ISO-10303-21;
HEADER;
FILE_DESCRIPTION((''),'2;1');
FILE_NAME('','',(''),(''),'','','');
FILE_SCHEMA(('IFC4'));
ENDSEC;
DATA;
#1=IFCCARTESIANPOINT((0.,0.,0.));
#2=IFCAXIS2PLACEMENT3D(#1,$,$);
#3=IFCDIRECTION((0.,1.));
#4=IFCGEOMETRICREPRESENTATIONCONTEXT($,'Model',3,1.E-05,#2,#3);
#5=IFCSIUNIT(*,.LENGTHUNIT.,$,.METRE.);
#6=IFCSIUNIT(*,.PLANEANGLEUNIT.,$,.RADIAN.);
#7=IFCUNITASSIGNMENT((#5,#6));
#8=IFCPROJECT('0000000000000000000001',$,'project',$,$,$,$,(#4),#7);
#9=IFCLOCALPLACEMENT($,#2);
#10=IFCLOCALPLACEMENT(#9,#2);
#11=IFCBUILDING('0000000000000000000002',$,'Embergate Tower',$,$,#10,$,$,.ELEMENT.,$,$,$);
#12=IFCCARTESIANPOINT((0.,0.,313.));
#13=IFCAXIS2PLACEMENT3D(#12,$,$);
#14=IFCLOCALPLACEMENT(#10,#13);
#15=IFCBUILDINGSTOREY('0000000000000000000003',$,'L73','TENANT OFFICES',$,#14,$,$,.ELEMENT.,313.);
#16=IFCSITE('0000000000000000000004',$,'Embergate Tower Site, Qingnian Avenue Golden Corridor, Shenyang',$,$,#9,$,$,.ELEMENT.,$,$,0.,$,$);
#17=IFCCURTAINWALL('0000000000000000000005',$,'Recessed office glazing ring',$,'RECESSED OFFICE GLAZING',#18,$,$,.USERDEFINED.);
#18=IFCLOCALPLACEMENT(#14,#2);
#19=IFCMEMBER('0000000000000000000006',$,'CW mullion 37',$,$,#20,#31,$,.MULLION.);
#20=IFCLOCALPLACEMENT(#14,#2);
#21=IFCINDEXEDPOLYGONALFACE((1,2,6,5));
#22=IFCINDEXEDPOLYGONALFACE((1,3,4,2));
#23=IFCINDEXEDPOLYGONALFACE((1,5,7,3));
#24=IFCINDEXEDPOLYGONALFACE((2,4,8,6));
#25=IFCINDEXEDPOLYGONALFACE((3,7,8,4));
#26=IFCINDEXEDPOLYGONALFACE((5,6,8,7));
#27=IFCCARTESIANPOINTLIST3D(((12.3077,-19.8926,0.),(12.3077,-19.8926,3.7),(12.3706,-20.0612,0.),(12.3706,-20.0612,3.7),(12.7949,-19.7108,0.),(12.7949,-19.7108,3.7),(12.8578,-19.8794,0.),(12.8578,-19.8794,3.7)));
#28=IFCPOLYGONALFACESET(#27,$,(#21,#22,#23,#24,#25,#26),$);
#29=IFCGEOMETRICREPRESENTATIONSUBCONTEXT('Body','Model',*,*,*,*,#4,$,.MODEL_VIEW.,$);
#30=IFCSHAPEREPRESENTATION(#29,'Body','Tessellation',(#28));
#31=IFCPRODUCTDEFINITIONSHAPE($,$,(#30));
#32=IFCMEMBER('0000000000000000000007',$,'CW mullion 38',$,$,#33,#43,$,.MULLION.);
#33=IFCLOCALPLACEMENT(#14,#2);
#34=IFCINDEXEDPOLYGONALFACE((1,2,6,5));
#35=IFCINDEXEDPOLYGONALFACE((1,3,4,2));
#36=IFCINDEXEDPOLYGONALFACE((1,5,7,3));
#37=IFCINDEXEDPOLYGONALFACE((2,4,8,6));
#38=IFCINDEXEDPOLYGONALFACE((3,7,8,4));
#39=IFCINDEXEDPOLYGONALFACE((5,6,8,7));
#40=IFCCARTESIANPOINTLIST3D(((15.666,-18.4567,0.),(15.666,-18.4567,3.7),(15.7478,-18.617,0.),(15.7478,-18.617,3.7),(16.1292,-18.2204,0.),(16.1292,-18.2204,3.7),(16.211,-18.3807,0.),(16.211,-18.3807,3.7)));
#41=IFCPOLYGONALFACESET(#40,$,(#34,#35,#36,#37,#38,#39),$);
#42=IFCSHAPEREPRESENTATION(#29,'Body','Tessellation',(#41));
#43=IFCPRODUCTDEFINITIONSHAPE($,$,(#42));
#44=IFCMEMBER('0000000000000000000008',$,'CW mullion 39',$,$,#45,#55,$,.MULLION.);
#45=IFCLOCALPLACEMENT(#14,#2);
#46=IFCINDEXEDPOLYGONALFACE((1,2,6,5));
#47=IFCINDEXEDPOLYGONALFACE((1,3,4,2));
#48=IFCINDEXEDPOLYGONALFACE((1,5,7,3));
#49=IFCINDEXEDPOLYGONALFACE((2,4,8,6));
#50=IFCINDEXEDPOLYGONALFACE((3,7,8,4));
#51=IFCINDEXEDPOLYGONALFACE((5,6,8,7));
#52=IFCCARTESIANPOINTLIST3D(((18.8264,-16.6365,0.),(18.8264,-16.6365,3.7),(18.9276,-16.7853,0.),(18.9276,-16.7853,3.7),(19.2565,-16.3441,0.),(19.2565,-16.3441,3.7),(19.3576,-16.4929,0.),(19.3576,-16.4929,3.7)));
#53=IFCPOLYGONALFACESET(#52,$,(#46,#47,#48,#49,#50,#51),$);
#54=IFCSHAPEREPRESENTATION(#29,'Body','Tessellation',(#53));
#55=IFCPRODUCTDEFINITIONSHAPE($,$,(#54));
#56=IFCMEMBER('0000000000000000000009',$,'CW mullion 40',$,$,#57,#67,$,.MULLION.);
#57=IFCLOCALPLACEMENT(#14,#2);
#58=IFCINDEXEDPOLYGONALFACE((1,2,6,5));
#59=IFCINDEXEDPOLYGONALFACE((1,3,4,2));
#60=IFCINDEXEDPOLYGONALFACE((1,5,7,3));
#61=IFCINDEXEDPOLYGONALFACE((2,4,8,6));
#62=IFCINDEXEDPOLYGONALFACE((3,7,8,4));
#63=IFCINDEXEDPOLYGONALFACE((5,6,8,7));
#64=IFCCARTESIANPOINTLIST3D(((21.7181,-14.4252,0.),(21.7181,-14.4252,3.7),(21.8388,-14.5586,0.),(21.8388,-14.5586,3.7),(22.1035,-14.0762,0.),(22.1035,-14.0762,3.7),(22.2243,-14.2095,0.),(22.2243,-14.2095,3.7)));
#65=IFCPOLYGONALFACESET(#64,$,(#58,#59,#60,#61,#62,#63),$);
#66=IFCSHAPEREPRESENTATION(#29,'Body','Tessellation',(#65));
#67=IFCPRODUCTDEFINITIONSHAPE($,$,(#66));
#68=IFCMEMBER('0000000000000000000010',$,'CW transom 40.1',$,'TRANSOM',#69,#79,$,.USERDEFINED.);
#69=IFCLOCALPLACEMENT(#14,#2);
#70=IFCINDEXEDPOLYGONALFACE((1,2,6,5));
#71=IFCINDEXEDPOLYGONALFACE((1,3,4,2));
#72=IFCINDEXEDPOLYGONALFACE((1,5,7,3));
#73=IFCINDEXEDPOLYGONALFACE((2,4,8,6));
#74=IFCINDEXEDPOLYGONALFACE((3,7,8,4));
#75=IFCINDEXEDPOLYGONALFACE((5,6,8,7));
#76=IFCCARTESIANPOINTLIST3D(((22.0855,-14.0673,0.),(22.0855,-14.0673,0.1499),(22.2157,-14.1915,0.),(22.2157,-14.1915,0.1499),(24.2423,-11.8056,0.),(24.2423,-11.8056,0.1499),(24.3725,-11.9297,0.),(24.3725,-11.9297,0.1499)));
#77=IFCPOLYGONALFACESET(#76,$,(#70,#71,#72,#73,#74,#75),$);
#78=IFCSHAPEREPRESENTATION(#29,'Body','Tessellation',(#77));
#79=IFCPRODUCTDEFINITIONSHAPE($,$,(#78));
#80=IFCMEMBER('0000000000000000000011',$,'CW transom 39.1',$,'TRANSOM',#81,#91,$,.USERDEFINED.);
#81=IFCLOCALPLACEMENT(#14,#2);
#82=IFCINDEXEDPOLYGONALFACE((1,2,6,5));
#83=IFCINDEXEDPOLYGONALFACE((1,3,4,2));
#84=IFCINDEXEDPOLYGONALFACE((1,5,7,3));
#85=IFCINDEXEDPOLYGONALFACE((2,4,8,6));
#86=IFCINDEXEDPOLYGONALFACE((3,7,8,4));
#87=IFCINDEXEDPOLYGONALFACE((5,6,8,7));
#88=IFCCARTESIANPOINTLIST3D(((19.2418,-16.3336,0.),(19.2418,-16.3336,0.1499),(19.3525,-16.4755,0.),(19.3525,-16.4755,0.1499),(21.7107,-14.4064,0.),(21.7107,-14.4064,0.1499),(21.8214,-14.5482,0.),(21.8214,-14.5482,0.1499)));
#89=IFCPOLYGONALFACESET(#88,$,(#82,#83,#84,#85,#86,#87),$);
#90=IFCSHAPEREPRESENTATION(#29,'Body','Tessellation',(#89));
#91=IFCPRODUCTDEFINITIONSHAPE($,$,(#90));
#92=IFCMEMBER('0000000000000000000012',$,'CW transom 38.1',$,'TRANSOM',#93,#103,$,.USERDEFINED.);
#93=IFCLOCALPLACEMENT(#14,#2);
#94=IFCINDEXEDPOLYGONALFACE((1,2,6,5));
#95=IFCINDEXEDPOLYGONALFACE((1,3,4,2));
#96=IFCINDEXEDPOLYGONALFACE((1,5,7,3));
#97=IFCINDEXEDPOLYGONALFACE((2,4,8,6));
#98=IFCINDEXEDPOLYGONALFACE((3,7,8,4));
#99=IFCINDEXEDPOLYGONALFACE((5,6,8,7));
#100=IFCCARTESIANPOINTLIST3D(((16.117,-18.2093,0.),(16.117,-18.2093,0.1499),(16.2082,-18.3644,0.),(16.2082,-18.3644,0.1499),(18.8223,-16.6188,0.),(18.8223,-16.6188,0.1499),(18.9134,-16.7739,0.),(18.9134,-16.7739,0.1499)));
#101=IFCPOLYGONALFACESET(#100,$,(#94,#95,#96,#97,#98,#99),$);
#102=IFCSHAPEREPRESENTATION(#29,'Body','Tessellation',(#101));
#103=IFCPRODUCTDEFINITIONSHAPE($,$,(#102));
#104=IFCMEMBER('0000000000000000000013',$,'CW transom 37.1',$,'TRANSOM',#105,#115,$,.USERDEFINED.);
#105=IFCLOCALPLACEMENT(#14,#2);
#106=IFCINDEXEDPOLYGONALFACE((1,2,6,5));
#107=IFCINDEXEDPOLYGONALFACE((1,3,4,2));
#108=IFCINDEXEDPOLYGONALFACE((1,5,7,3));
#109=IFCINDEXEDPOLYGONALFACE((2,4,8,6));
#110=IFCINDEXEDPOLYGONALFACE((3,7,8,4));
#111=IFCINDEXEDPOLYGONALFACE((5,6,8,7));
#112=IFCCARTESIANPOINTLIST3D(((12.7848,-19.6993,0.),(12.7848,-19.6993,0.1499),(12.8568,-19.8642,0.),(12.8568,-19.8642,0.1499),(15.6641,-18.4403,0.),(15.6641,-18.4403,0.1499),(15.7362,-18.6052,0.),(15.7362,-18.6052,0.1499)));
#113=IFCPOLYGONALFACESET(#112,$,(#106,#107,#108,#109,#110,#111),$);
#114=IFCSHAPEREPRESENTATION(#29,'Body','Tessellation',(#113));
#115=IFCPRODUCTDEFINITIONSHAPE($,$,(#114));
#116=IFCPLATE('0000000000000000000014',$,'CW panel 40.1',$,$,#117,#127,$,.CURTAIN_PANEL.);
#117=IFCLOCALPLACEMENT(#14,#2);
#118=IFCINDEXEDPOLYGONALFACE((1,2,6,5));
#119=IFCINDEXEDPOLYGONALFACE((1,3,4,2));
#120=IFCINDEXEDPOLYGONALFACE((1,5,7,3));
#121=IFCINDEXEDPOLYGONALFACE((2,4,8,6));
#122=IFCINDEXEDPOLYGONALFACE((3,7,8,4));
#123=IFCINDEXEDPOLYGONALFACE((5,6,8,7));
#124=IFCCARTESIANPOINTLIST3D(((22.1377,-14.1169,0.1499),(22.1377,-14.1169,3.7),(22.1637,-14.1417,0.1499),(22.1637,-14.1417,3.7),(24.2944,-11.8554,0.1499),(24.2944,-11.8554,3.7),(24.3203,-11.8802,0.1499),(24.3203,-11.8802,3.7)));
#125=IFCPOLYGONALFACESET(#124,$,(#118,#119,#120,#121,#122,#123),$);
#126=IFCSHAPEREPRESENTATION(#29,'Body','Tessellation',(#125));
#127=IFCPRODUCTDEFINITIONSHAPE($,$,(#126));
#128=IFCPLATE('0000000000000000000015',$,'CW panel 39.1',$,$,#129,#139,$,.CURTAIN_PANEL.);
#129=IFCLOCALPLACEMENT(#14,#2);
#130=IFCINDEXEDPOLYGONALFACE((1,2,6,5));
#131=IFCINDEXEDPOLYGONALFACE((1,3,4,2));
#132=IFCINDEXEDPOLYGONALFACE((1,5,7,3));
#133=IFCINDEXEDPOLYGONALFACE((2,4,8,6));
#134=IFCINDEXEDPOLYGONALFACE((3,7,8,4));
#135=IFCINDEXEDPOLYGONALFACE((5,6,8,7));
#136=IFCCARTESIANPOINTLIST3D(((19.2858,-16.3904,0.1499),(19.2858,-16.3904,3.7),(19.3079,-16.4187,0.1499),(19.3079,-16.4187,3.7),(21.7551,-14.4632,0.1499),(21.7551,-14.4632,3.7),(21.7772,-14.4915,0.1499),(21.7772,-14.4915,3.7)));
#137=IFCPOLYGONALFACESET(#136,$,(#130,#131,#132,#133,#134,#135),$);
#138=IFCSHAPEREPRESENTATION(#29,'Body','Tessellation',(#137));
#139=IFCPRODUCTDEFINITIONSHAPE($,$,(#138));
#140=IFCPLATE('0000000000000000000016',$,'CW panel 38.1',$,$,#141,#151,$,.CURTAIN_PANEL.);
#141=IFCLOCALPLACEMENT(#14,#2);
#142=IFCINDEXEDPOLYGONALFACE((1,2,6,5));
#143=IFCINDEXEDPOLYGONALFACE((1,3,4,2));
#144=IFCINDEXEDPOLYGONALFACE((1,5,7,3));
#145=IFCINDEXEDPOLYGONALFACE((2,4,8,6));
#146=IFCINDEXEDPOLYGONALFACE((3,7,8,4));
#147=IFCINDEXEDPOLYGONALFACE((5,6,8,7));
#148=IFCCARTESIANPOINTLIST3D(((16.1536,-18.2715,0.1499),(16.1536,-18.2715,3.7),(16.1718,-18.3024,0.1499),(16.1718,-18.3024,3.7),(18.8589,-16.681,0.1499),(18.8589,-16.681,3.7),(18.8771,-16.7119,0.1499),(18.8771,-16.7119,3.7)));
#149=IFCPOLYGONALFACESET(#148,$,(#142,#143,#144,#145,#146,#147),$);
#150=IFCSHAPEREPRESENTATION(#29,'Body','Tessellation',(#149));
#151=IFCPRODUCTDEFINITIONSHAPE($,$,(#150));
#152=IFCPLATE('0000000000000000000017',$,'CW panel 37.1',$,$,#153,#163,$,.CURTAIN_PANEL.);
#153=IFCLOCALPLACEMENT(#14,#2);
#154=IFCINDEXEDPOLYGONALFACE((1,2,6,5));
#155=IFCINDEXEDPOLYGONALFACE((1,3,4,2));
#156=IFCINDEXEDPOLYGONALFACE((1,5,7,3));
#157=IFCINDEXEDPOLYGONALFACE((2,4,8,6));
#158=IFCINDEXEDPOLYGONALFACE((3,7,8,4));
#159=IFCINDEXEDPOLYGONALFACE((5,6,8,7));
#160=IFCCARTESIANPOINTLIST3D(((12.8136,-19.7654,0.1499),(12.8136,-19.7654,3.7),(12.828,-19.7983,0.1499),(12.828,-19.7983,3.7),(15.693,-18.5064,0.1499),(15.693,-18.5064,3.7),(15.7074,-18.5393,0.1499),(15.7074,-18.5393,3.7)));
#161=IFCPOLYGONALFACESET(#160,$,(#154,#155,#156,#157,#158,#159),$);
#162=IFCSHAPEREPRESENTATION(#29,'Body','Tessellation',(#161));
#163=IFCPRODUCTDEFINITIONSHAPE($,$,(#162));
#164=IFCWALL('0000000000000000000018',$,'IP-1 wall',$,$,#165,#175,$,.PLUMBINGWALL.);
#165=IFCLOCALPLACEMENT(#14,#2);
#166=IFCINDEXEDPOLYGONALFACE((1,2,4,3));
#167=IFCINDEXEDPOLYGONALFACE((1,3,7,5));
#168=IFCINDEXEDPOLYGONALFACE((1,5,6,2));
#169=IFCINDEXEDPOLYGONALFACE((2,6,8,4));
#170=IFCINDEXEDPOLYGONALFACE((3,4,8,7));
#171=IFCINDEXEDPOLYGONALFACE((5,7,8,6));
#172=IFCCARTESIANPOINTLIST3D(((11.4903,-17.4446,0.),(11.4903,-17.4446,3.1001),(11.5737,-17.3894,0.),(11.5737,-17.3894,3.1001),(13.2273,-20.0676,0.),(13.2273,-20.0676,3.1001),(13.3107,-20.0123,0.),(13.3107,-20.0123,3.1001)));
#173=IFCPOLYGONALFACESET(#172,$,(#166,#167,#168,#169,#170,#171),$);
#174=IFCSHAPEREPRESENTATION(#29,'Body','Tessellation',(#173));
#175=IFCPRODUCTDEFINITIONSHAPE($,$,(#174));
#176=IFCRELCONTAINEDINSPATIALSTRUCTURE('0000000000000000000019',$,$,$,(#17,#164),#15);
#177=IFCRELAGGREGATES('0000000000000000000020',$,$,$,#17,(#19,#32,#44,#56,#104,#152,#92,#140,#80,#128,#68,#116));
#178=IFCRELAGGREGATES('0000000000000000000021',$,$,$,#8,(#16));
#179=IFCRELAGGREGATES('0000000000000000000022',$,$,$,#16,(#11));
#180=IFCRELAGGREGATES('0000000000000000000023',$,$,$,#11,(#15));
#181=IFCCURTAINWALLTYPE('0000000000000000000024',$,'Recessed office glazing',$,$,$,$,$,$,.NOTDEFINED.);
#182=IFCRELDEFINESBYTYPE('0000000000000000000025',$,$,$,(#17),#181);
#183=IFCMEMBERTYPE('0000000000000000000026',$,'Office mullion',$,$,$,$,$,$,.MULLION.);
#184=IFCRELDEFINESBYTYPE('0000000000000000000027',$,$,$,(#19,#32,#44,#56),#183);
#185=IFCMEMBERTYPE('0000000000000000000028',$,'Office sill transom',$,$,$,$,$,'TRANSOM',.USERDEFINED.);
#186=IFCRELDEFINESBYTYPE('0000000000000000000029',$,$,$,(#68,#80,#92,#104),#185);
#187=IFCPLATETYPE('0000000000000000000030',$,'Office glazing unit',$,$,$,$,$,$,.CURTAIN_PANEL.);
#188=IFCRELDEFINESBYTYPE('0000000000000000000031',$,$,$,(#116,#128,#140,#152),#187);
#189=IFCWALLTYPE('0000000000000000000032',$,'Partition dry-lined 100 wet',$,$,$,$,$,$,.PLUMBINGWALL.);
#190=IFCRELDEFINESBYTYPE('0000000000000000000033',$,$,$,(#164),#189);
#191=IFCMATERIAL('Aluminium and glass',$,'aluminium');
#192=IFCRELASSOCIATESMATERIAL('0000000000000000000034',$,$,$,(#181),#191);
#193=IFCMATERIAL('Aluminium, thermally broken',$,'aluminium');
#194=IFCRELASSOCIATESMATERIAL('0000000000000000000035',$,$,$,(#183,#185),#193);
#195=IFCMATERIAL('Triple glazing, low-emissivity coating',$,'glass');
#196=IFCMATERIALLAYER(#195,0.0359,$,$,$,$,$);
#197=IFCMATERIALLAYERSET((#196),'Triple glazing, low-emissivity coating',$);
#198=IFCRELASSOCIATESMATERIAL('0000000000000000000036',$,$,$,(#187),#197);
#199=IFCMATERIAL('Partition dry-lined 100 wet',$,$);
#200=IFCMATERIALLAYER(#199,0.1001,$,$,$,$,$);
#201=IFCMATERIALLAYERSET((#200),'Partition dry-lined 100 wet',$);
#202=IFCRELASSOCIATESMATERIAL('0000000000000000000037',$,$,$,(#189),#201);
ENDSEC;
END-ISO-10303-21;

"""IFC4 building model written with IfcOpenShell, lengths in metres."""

from ifc_helpers import new_model, si_unit, direction, frame, frame_2d, origin, origin_2d, place, context, subcontext, project, spatial, rectangle, extrude, source, transform, mapped, material, layer, layer_set, material_profile, profile_set, type_object, element, aggregate, save


model = new_model("IFC4")

# Units and contexts
model_context = context("Model", 3, precision=1e-05, world=origin(), true_north=direction((0.0, 1.0)))
body_context = subcontext(model_context, "Body", "Model", "MODEL_VIEW")
ifc_project = project(units=[si_unit("LENGTHUNIT", "METRE"), si_unit("PLANEANGLEUNIT", "RADIAN")], contexts=[model_context])

# Site, building, storey
site_placement = place(None, origin())
site = spatial("IfcSite", under=ifc_project, at=site_placement, Name="Embergate Tower Site, Qingnian Avenue Golden Corridor, Shenyang", CompositionType="ELEMENT", RefElevation=0.0)
building_placement = place(site_placement, origin())
building = spatial("IfcBuilding", under=site, at=building_placement, Name="Embergate Tower", CompositionType="ELEMENT")
storey_placement = place(building_placement, frame((0.0, 0.0, 313.0)))
storey = spatial("IfcBuildingStorey", under=building, at=storey_placement, Name="L73", Description="TENANT OFFICES", CompositionType="ELEMENT", Elevation=313.0)

# Curtain wall, members, plates
ifc_material_1 = material(Name="Aluminium and glass", Category="aluminium")
curtain_wall_type = type_object("IfcCurtainWallType", Name="Recessed office glazing", PredefinedType="NOTDEFINED", material=ifc_material_1)
curtain_wall_placement = place(storey_placement, origin())
curtain_wall = element("IfcCurtainWall", 1, at=curtain_wall_placement, inside=storey, type_object=curtain_wall_type, Name="Recessed office glazing ring", ObjectType="RECESSED OFFICE GLAZING", PredefinedType="USERDEFINED")
ifc_material_2 = material(Name="Aluminium, thermally broken", Category="aluminium")
ifc_material_profile_1 = material_profile(ifc_material_2, rectangle(XDim=0.1799, YDim=0.52, at=origin_2d()), Name="AL 520x180")
ifc_profile_set_1 = profile_set([ifc_material_profile_1], Name="Aluminium, thermally broken")
member_type_1 = type_object("IfcMemberType", Name="Office mullion", PredefinedType="MULLION", material=ifc_profile_set_1)
shared_shape_1 = source(origin(), body_context, "Body", "SweptSolid", [
    extrude(rectangle(XDim=0.1799, YDim=0.52, at=origin_2d()), origin(), (0.0, 0.0, 1.0), 3.7),
])
member_1_placement = place(storey_placement, frame((12.5828, -19.886, 0.0), z_axis=(0.0, 0.0, 1.0), x_axis=(-0.349501, 0.936936, 0.0)))
member_1 = element("IfcMember", 2, at=member_1_placement, type_object=member_type_1, Name="CW mullion 37", PredefinedType="MULLION", context=body_context, shape_type="MappedRepresentation", body=[
    mapped(shared_shape_1, transform((0.0, 0.0, 0.0))),
])
member_2_placement = place(storey_placement, frame((15.9385, -18.4187, 0.0), z_axis=(0.0, 0.0, 1.0), x_axis=(-0.454507, 0.890743, 0.0)))
member_2 = element("IfcMember", 3, at=member_2_placement, type_object=member_type_1, Name="CW mullion 38", PredefinedType="MULLION", context=body_context, shape_type="MappedRepresentation", body=[
    mapped(shared_shape_1, transform((0.0, 0.0, 0.0))),
])
member_3_placement = place(storey_placement, frame((19.092, -16.5647, 0.0), z_axis=(0.0, 0.0, 1.0), x_axis=(-0.56221, 0.826994, 0.0)))
member_3 = element("IfcMember", 4, at=member_3_placement, type_object=member_type_1, Name="CW mullion 39", PredefinedType="MULLION", context=body_context, shape_type="MappedRepresentation", body=[
    mapped(shared_shape_1, transform((0.0, 0.0, 0.0))),
])
member_4_placement = place(storey_placement, frame((21.9712, -14.3174, 0.0), z_axis=(0.0, 0.0, 1.0), x_axis=(-0.671217, 0.74126, 0.0)))
member_4 = element("IfcMember", 5, at=member_4_placement, type_object=member_type_1, Name="CW mullion 40", PredefinedType="MULLION", context=body_context, shape_type="MappedRepresentation", body=[
    mapped(shared_shape_1, transform((0.0, 0.0, 0.0))),
])
ifc_material_profile_2 = material_profile(ifc_material_2, rectangle(XDim=0.1799, YDim=0.1499, at=origin_2d()), Name="AL 150x180")
ifc_profile_set_2 = profile_set([ifc_material_profile_2], Name="Aluminium, thermally broken")
member_type_2 = type_object("IfcMemberType", Name="Office sill transom", ElementType="TRANSOM", PredefinedType="USERDEFINED", material=ifc_profile_set_2)
shared_shape_2 = source(origin(), body_context, "Body", "SweptSolid", [
    extrude(rectangle(XDim=0.1799, YDim=0.1499, at=origin_2d()), origin(), (0.0, 0.0, 1.0), 3.1252),
])
member_5_placement = place(storey_placement, frame((22.1506, -14.1294, 0.075), z_axis=(0.690111, 0.723703, 0.0), x_axis=(-0.723703, 0.690111, 0.0)))
member_5 = element("IfcMember", 6, at=member_5_placement, type_object=member_type_2, Name="CW transom 40.1", ObjectType="TRANSOM", PredefinedType="USERDEFINED", context=body_context, shape_type="MappedRepresentation", body=[
    mapped(shared_shape_2, transform((0.0, 0.0, 0.0))),
])
shared_shape_3 = source(origin(), body_context, "Body", "SweptSolid", [
    extrude(rectangle(XDim=0.1799, YDim=0.1499, at=origin_2d()), origin(), (0.0, 0.0, 1.0), 3.1321),
])
member_6_placement = place(storey_placement, frame((19.2971, -16.4045, 0.075), z_axis=(0.788281, 0.615316, 0.0), x_axis=(-0.615316, 0.788281, 0.0)))
member_6 = element("IfcMember", 7, at=member_6_placement, type_object=member_type_2, Name="CW transom 39.1", ObjectType="TRANSOM", PredefinedType="USERDEFINED", context=body_context, shape_type="MappedRepresentation", body=[
    mapped(shared_shape_3, transform((0.0, 0.0, 0.0))),
])
shared_shape_4 = source(origin(), body_context, "Body", "SweptSolid", [
    extrude(rectangle(XDim=0.1799, YDim=0.1499, at=origin_2d()), origin(), (0.0, 0.0, 1.0), 3.1382),
])
member_7_placement = place(storey_placement, frame((16.1626, -18.2869, 0.075), z_axis=(0.862044, 0.506833, 0.0), x_axis=(-0.506833, 0.862044, 0.0)))
member_7 = element("IfcMember", 8, at=member_7_placement, type_object=member_type_2, Name="CW transom 38.1", ObjectType="TRANSOM", PredefinedType="USERDEFINED", context=body_context, shape_type="MappedRepresentation", body=[
    mapped(shared_shape_4, transform((0.0, 0.0, 0.0))),
])
shared_shape_5 = source(origin(), body_context, "Body", "SweptSolid", [
    extrude(rectangle(XDim=0.1799, YDim=0.1499, at=origin_2d()), origin(), (0.0, 0.0, 1.0), 3.1426),
])
member_8_placement = place(storey_placement, frame((12.8208, -19.7817, 0.075), z_axis=(0.916239, 0.400631, 0.0), x_axis=(-0.400631, 0.916239, 0.0)))
member_8 = element("IfcMember", 9, at=member_8_placement, type_object=member_type_2, Name="CW transom 37.1", ObjectType="TRANSOM", PredefinedType="USERDEFINED", context=body_context, shape_type="MappedRepresentation", body=[
    mapped(shared_shape_5, transform((0.0, 0.0, 0.0))),
])
ifc_material_3 = material(Name="Triple glazing, low-emissivity coating", Category="glass")
ifc_layer_1 = layer(ifc_material_3, 0.0359)
ifc_layer_set_1 = layer_set([ifc_layer_1], Name="Triple glazing, low-emissivity coating")
plate_type = type_object("IfcPlateType", Name="Office glazing unit", PredefinedType="CURTAIN_PANEL", material=ifc_layer_set_1)
shared_shape_6 = source(origin(), body_context, "Body", "SweptSolid", [
    extrude(rectangle(XDim=3.125, YDim=0.0359, at=origin_2d()), origin(), (0.0, 0.0, 1.0), 3.55),
])
plate_1_placement = place(storey_placement, frame((23.229, -12.9985, 0.1499), z_axis=(0.0, 0.0, 1.0), x_axis=(0.690134, 0.723682, 0.0)))
plate_1 = element("IfcPlate", 10, at=plate_1_placement, type_object=plate_type, Name="CW panel 40.1", PredefinedType="CURTAIN_PANEL", context=body_context, shape_type="MappedRepresentation", body=[
    mapped(shared_shape_6, transform((0.0, 0.0, 0.0))),
])
shared_shape_7 = source(origin(), body_context, "Body", "SweptSolid", [
    extrude(rectangle(XDim=3.1323, YDim=0.0359, at=origin_2d()), origin(), (0.0, 0.0, 1.0), 3.55),
])
plate_2_placement = place(storey_placement, frame((20.5315, -15.4409, 0.1499), z_axis=(0.0, 0.0, 1.0), x_axis=(0.788319, 0.615267, 0.0)))
plate_2 = element("IfcPlate", 11, at=plate_2_placement, type_object=plate_type, Name="CW panel 39.1", PredefinedType="CURTAIN_PANEL", context=body_context, shape_type="MappedRepresentation", body=[
    mapped(shared_shape_7, transform((0.0, 0.0, 0.0))),
])
shared_shape_8 = source(origin(), body_context, "Body", "SweptSolid", [
    extrude(rectangle(XDim=3.1382, YDim=0.0359, at=origin_2d()), origin(), (0.0, 0.0, 1.0), 3.55),
])
plate_3_placement = place(storey_placement, frame((17.5154, -17.4917, 0.1499), z_axis=(0.0, 0.0, 1.0), x_axis=(0.862051, 0.506821, 0.0)))
plate_3 = element("IfcPlate", 12, at=plate_3_placement, type_object=plate_type, Name="CW panel 38.1", PredefinedType="CURTAIN_PANEL", context=body_context, shape_type="MappedRepresentation", body=[
    mapped(shared_shape_8, transform((0.0, 0.0, 0.0))),
])
shared_shape_9 = source(origin(), body_context, "Body", "SweptSolid", [
    extrude(rectangle(XDim=3.1426, YDim=0.0359, at=origin_2d()), origin(), (0.0, 0.0, 1.0), 3.55),
])
plate_4_placement = place(storey_placement, frame((14.2605, -19.1523, 0.1499), z_axis=(0.0, 0.0, 1.0), x_axis=(0.916235, 0.400642, 0.0)))
plate_4 = element("IfcPlate", 13, at=plate_4_placement, type_object=plate_type, Name="CW panel 37.1", PredefinedType="CURTAIN_PANEL", context=body_context, shape_type="MappedRepresentation", body=[
    mapped(shared_shape_9, transform((0.0, 0.0, 0.0))),
])
aggregate(curtain_wall, [member_1, member_2, member_3, member_4, member_8, plate_4, member_7, plate_3, member_6, plate_2, member_5, plate_1])

# Wall
ifc_material_4 = material(Name="Partition dry-lined 100 wet")
ifc_layer_2 = layer(ifc_material_4, 0.1001)
ifc_layer_set_2 = layer_set([ifc_layer_2], Name="Partition dry-lined 100 wet")
wall_type = type_object("IfcWallType", Name="Partition dry-lined 100 wet", PredefinedType="PLUMBINGWALL", material=ifc_layer_set_2)
shared_shape_10 = source(origin(), body_context, "Body", "SweptSolid", [
    extrude(rectangle(XDim=3.146, YDim=0.1001, at=frame_2d((1.573, 0.0))), origin(), (0.0, 0.0, 1.0), 3.1001),
])
wall_1_placement = place(storey_placement, frame((11.532, -17.417, 0.0), z_axis=(0.0, 0.0, 1.0), x_axis=(0.552137, -0.833754, 0.0)))
element("IfcWall", 14, at=wall_1_placement, inside=storey, type_object=wall_type, Name="IP-1 wall", PredefinedType="PLUMBINGWALL", context=body_context, shape_type="MappedRepresentation", body=[
    mapped(shared_shape_10, transform((0.0, 0.0, 0.0))),
])

save(model, "model.ifc")
